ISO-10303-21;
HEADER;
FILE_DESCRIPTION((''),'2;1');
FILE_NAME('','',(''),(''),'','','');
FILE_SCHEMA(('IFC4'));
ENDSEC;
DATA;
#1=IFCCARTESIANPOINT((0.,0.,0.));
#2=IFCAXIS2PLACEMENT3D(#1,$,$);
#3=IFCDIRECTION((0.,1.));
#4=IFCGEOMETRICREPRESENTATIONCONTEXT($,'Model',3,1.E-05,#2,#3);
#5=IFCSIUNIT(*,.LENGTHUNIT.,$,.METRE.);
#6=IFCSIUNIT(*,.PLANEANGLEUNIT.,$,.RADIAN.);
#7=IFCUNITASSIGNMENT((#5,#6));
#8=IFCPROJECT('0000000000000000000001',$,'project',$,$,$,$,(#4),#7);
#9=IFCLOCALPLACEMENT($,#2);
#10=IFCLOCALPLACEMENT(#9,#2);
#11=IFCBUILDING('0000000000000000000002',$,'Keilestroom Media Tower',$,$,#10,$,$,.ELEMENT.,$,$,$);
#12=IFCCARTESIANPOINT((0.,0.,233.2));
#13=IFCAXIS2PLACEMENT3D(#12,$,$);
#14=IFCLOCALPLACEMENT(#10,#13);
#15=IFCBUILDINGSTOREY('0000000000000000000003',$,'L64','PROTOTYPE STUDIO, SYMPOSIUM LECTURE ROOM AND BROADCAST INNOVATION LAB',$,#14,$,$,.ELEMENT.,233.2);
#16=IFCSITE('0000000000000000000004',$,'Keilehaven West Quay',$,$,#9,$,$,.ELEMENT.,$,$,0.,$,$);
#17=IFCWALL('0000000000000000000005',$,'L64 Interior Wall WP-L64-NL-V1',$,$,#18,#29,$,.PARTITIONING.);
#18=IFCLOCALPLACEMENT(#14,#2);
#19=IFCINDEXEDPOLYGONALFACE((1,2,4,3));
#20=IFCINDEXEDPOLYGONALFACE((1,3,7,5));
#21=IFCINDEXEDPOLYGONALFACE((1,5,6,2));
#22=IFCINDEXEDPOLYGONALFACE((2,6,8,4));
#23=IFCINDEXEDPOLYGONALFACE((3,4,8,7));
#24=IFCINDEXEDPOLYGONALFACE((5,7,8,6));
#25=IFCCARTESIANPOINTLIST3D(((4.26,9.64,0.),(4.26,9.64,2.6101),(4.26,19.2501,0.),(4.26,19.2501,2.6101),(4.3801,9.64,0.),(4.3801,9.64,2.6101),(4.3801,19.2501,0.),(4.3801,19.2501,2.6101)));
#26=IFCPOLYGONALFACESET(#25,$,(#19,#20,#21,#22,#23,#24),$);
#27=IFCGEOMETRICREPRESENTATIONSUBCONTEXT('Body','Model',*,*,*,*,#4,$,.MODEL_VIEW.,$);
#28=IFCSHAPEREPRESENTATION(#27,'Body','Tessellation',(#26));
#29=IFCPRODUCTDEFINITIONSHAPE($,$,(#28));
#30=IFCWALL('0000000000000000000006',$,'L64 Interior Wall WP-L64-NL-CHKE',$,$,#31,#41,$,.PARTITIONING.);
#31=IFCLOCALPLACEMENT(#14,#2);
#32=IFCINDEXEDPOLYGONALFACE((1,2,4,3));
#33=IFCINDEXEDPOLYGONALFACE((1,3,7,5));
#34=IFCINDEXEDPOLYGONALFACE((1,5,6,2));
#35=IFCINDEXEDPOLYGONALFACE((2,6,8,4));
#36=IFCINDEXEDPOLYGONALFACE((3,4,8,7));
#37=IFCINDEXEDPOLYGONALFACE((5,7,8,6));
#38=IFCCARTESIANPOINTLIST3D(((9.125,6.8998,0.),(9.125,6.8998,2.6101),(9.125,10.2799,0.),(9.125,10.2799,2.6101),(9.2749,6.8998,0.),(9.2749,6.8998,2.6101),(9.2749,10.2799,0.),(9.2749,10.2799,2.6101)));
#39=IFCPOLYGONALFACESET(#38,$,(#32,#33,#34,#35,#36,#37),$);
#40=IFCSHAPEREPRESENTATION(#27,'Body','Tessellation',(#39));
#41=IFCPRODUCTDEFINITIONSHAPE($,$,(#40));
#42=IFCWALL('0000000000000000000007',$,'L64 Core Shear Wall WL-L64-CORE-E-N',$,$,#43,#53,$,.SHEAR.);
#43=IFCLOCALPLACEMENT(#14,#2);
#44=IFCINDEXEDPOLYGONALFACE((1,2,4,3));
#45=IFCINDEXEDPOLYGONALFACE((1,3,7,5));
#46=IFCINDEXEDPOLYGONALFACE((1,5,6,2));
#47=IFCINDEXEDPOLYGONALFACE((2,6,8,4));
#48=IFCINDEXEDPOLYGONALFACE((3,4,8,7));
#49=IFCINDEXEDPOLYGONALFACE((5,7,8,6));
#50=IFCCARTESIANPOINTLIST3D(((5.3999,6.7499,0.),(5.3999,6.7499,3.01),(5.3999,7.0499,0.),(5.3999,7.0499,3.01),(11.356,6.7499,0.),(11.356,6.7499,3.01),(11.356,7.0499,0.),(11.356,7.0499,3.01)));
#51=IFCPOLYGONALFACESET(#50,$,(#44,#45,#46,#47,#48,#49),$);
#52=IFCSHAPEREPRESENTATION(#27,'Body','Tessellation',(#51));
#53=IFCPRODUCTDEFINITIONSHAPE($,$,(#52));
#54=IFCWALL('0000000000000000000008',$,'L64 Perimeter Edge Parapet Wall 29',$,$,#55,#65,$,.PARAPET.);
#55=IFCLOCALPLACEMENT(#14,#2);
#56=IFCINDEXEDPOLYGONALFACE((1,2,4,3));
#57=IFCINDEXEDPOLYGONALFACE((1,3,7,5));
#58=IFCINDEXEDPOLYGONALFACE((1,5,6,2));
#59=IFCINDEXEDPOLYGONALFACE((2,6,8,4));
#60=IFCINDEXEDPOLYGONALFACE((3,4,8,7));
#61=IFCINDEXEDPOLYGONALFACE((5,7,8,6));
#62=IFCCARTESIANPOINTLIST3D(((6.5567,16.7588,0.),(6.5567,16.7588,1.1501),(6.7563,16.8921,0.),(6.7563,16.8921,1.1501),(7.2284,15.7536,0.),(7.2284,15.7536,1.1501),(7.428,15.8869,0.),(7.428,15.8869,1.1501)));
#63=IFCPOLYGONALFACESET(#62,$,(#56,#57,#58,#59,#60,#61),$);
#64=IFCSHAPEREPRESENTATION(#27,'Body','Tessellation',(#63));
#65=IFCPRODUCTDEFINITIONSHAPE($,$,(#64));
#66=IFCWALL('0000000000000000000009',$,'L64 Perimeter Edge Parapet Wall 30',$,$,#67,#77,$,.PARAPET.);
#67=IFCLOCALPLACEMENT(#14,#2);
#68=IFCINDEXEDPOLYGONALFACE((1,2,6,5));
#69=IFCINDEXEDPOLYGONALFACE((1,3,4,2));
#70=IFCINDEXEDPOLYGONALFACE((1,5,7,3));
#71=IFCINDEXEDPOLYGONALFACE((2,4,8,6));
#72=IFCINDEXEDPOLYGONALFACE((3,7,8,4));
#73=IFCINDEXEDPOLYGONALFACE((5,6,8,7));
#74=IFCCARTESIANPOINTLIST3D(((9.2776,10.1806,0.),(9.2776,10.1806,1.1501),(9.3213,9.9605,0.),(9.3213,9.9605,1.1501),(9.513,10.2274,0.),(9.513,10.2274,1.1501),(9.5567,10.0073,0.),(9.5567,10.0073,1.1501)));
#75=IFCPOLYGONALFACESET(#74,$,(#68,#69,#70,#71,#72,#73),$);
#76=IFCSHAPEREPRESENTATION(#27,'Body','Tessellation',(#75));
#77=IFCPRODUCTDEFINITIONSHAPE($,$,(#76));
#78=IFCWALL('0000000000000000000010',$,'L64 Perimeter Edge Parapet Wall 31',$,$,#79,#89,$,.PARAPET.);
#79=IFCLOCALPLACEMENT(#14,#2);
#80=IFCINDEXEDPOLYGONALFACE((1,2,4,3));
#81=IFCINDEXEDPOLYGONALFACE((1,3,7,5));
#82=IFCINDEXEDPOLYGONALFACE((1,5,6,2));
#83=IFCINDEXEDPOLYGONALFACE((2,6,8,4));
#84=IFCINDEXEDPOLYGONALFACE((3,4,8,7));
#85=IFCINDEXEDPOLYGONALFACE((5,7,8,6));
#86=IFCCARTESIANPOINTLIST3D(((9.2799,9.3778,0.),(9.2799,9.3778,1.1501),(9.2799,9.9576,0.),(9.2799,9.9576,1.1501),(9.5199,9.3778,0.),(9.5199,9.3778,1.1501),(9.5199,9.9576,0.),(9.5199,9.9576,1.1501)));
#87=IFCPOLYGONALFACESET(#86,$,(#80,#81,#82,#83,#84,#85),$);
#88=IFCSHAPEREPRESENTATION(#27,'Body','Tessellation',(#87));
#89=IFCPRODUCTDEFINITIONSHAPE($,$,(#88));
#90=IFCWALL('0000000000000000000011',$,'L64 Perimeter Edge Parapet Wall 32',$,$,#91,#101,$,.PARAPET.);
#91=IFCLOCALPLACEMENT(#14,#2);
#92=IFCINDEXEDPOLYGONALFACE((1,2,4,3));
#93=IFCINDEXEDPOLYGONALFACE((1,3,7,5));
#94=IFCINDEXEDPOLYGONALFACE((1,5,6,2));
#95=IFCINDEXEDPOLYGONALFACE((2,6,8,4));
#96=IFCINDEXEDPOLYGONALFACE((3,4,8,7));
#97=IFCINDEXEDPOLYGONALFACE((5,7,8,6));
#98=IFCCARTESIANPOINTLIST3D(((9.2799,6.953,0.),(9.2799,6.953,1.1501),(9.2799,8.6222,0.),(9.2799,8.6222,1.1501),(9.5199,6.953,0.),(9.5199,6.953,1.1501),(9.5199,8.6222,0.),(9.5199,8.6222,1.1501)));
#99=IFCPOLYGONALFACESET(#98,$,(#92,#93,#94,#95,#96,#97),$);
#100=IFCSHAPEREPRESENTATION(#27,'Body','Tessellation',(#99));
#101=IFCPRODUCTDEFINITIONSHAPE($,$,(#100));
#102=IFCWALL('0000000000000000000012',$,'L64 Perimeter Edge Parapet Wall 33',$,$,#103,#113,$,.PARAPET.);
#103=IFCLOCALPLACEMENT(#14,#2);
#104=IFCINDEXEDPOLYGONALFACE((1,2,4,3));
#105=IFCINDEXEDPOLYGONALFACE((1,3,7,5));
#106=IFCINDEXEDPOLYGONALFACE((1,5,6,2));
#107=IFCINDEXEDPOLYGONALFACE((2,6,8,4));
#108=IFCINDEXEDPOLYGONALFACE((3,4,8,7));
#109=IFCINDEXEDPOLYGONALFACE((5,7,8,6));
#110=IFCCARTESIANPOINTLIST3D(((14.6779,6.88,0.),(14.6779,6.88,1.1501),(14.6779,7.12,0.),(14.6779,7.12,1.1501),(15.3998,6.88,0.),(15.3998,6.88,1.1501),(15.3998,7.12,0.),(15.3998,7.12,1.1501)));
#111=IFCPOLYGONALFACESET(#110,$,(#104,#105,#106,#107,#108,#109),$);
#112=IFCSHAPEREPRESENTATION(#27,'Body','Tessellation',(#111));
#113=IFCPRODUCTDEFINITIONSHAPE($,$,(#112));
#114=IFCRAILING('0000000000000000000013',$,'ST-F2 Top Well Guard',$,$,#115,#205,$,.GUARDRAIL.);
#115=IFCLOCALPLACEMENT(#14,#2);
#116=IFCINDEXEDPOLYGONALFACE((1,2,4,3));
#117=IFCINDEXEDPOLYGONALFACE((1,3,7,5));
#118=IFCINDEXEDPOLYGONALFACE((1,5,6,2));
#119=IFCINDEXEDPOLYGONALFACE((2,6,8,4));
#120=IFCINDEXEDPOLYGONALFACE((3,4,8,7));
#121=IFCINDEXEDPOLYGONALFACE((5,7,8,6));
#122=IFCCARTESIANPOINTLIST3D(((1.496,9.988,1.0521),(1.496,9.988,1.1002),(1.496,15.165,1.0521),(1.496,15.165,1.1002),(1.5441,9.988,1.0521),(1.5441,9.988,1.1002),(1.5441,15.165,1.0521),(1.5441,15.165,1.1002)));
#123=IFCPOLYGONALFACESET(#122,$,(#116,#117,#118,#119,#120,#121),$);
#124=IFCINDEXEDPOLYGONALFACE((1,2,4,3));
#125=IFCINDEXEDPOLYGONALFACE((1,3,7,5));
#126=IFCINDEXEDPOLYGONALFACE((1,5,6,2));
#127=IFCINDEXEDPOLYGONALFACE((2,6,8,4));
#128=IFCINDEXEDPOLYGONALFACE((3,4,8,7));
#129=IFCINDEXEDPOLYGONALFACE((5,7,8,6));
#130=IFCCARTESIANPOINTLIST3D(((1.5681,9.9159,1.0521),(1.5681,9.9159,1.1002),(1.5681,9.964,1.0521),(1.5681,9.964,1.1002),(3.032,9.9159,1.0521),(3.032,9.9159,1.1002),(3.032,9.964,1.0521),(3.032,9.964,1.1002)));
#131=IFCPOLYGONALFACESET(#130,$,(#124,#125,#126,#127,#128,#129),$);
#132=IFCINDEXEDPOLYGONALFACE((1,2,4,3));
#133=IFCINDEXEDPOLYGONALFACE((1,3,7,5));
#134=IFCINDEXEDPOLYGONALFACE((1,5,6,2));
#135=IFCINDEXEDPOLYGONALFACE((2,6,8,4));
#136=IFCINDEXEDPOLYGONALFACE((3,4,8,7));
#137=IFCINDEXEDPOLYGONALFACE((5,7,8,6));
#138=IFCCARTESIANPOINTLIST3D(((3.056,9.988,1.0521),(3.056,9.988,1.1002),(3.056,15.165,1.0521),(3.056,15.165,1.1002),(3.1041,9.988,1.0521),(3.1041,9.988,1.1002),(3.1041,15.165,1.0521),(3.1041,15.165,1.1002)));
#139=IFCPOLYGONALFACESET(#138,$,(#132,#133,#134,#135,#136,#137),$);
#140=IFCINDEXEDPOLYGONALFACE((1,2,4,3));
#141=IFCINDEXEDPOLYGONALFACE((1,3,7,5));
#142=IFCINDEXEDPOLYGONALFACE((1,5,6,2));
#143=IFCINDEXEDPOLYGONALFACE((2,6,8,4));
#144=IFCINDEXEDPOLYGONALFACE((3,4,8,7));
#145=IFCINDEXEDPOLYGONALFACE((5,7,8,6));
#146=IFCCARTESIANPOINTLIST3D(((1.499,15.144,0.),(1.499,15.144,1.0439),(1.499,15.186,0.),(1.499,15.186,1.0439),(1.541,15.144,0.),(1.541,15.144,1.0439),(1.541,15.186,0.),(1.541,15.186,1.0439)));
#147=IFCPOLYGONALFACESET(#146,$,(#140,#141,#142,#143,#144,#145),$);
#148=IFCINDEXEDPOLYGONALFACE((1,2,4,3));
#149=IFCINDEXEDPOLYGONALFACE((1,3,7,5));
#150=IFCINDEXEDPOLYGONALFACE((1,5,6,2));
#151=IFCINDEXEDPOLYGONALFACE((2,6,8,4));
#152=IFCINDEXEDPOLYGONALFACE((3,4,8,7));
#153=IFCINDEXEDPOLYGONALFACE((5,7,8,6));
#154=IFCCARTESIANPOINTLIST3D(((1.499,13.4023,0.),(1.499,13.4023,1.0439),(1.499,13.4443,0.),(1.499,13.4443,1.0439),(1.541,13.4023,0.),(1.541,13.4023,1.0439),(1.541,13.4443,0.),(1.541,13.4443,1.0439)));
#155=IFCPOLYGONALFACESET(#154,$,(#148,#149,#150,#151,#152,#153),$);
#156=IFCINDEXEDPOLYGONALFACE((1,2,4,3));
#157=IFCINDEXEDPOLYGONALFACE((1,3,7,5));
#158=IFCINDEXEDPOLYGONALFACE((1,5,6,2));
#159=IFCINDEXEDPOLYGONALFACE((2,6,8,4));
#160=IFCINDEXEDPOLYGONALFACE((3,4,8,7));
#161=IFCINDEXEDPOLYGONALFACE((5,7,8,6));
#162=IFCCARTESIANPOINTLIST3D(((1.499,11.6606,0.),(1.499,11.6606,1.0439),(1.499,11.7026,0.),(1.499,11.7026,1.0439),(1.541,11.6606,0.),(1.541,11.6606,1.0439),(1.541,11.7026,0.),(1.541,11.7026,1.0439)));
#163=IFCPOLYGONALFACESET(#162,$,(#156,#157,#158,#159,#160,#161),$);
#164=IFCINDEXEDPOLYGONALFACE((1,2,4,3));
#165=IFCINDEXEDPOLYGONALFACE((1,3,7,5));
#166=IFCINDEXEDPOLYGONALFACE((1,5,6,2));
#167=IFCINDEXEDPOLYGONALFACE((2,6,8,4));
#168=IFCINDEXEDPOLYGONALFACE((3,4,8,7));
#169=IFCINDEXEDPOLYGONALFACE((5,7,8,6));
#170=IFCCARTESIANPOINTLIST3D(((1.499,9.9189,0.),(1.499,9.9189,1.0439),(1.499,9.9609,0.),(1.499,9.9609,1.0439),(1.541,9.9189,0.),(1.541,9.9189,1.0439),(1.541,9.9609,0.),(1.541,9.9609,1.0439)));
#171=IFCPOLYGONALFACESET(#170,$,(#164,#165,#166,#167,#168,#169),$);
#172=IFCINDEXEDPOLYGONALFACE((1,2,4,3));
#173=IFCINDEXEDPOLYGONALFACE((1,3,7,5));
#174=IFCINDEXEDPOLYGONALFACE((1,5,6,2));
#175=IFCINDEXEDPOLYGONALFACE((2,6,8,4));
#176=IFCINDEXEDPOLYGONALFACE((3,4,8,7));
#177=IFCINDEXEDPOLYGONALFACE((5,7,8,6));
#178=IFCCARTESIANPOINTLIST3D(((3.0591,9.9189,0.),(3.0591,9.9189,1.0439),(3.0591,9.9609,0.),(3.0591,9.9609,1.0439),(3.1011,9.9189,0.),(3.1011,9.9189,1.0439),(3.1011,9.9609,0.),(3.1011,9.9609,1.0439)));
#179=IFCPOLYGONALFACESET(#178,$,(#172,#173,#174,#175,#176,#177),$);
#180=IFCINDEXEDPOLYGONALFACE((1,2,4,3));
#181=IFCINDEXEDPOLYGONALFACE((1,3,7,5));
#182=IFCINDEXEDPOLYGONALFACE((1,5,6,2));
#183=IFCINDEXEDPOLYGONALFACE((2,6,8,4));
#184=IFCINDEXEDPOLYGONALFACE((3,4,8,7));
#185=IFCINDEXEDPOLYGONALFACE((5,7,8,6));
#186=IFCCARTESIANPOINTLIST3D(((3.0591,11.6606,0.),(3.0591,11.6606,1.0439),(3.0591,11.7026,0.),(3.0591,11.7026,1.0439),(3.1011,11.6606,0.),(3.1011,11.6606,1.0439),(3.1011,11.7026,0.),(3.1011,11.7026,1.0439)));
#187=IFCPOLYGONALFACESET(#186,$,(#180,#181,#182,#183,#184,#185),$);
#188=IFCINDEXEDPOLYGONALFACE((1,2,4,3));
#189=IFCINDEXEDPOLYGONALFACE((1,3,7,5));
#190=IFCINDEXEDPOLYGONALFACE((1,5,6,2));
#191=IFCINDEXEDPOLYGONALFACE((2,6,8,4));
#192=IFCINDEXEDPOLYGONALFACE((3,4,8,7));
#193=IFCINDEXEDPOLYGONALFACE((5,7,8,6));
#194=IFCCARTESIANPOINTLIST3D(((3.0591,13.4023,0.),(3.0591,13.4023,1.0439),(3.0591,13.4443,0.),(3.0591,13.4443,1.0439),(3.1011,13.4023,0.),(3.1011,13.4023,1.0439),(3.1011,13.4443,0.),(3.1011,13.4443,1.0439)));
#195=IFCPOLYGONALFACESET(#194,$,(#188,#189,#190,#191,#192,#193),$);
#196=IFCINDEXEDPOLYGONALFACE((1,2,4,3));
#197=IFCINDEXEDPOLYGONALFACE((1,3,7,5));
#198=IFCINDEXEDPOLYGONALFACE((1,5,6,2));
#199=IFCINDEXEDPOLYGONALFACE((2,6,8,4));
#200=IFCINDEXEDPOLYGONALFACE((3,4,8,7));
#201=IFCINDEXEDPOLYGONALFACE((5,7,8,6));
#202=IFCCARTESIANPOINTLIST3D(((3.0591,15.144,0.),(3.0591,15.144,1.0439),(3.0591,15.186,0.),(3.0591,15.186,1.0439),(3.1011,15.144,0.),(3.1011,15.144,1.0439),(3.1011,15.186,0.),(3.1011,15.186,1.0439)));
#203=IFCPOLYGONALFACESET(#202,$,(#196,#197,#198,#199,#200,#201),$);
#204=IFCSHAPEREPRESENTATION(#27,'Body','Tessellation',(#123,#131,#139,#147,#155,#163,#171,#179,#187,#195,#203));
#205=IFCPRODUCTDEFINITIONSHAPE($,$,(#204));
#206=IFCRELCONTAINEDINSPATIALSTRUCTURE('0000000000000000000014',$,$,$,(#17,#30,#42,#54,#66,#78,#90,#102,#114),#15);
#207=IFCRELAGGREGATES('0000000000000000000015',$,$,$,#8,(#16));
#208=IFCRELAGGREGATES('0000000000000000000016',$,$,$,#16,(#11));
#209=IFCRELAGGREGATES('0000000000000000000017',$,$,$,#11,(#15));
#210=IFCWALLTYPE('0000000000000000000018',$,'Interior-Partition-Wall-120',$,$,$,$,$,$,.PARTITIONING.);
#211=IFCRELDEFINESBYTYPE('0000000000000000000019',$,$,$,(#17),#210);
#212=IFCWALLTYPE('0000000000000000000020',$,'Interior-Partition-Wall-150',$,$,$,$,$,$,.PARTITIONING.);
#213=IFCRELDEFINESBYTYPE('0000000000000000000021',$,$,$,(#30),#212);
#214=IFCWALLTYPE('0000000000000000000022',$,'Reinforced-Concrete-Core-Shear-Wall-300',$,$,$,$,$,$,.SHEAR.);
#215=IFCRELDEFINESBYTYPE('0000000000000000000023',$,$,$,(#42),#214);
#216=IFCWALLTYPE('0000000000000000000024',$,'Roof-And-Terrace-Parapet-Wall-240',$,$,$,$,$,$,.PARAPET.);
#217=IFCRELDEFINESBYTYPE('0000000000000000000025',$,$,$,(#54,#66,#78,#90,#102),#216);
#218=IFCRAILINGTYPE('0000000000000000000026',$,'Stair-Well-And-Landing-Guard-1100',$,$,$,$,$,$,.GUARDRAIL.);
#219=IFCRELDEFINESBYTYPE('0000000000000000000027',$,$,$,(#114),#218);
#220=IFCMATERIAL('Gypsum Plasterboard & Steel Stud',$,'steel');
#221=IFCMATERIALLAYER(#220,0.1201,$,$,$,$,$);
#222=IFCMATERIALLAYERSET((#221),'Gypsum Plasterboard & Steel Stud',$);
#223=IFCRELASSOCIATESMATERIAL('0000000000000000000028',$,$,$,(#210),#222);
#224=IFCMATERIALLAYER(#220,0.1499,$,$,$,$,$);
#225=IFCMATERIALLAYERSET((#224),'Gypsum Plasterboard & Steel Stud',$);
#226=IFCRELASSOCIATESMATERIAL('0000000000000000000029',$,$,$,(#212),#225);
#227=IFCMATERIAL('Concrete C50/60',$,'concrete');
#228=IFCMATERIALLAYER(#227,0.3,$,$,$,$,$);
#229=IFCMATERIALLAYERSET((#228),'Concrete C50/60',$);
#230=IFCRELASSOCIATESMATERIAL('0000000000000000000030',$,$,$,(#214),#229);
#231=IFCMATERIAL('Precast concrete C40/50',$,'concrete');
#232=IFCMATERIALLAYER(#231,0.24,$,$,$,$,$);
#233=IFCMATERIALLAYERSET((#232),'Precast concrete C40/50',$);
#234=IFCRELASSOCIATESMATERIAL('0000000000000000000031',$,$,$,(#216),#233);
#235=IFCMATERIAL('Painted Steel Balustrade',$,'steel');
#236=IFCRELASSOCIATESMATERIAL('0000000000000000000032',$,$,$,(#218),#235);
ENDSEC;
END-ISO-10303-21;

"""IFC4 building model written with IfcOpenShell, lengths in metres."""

from ifc_helpers import new_model, si_unit, direction, frame, frame_2d, origin, origin_2d, place, context, subcontext, project, spatial, rectangle, extrude, material, layer, layer_set, type_object, element, save


model = new_model("IFC4")

# Units and contexts
model_context = context("Model", 3, precision=1e-05, world=origin(), true_north=direction((0.0, 1.0)))
body_context = subcontext(model_context, "Body", "Model", "MODEL_VIEW")
ifc_project = project(units=[si_unit("LENGTHUNIT", "METRE"), si_unit("PLANEANGLEUNIT", "RADIAN")], contexts=[model_context])

# Site, building, storey
site_placement = place(None, origin())
site = spatial("IfcSite", under=ifc_project, at=site_placement, Name="Keilehaven West Quay", CompositionType="ELEMENT", RefElevation=0.0)
building_placement = place(site_placement, origin())
building = spatial("IfcBuilding", under=site, at=building_placement, Name="Keilestroom Media Tower", CompositionType="ELEMENT")
storey_placement = place(building_placement, frame((0.0, 0.0, 233.2)))
storey = spatial("IfcBuildingStorey", under=building, at=storey_placement, Name="L64", Description="PROTOTYPE STUDIO, SYMPOSIUM LECTURE ROOM AND BROADCAST INNOVATION LAB", CompositionType="ELEMENT", Elevation=233.2)

# Shared definitions
ifc_material_1 = material(Name="Precast concrete C40/50", Category="concrete")
ifc_material_2 = material(Name="Concrete C50/60", Category="concrete")

# Walls
ifc_material_3 = material(Name="Gypsum Plasterboard & Steel Stud", Category="steel")
ifc_layer_1 = layer(ifc_material_3, 0.1201)
ifc_layer_set_1 = layer_set([ifc_layer_1], Name="Gypsum Plasterboard & Steel Stud")
wall_type_1 = type_object("IfcWallType", Name="Interior-Partition-Wall-120", PredefinedType="PARTITIONING", material=ifc_layer_set_1)
wall_1_placement = place(storey_placement, frame((4.3201, 9.6399, 0.0), z_axis=(0.0, 0.0, 1.0), x_axis=(0.0, 1.0, 0.0)))
element("IfcWall", 1, at=wall_1_placement, inside=storey, type_object=wall_type_1, Name="L64 Interior Wall WP-L64-NL-V1", PredefinedType="PARTITIONING", context=body_context, shape_type="SweptSolid", body=[
    extrude(rectangle(XDim=9.6101, YDim=0.1201, at=frame_2d((4.8052, 0.0))), origin(), (0.0, 0.0, 1.0), 2.6101),
])
ifc_layer_2 = layer(ifc_material_3, 0.1499)
ifc_layer_set_2 = layer_set([ifc_layer_2], Name="Gypsum Plasterboard & Steel Stud")
wall_type_2 = type_object("IfcWallType", Name="Interior-Partition-Wall-150", PredefinedType="PARTITIONING", material=ifc_layer_set_2)
wall_2_placement = place(storey_placement, frame((9.2, 6.8999, 0.0), z_axis=(0.0, 0.0, 1.0), x_axis=(0.0, 1.0, 0.0)))
element("IfcWall", 2, at=wall_2_placement, inside=storey, type_object=wall_type_2, Name="L64 Interior Wall WP-L64-NL-CHKE", PredefinedType="PARTITIONING", context=body_context, shape_type="SweptSolid", body=[
    extrude(rectangle(XDim=3.3801, YDim=0.1499, at=frame_2d((1.6899, 0.0))), origin(), (0.0, 0.0, 1.0), 2.6101),
])
ifc_layer_3 = layer(ifc_material_2, 0.3)
ifc_layer_set_3 = layer_set([ifc_layer_3], Name="Concrete C50/60")
wall_type_3 = type_object("IfcWallType", Name="Reinforced-Concrete-Core-Shear-Wall-300", PredefinedType="SHEAR", material=ifc_layer_set_3)
wall_3_placement = place(storey_placement, frame((5.3999, 6.8999, 0.0), z_axis=(0.0, 0.0, 1.0), x_axis=(1.0, 0.0, 0.0)))
element("IfcWall", 3, at=wall_3_placement, inside=storey, type_object=wall_type_3, Name="L64 Core Shear Wall WL-L64-CORE-E-N", PredefinedType="SHEAR", context=body_context, shape_type="SweptSolid", body=[
    extrude(rectangle(XDim=5.9561, YDim=0.3, at=frame_2d((2.978, 0.0))), origin(), (0.0, 0.0, 1.0), 3.01),
])
ifc_layer_4 = layer(ifc_material_1, 0.24)
ifc_layer_set_4 = layer_set([ifc_layer_4], Name="Precast concrete C40/50")
wall_type_4 = type_object("IfcWallType", Name="Roof-And-Terrace-Parapet-Wall-240", PredefinedType="PARAPET", material=ifc_layer_set_4)
wall_4_placement = place(storey_placement, frame((6.6565, 16.8254, 0.0), z_axis=(0.0, 0.0, 1.0), x_axis=(0.555585, -0.831459, 0.0)))
element("IfcWall", 4, at=wall_4_placement, inside=storey, type_object=wall_type_4, Name="L64 Perimeter Edge Parapet Wall 29", PredefinedType="PARAPET", context=body_context, shape_type="SweptSolid", body=[
    extrude(rectangle(XDim=1.209, YDim=0.24, at=frame_2d((0.6045, 0.0))), origin(), (0.0, 0.0, 1.0), 1.1501),
])
wall_5_placement = place(storey_placement, frame((9.3953, 10.2041, 0.0), z_axis=(0.0, 0.0, 1.0), x_axis=(0.19486, -0.980831, 0.0)))
element("IfcWall", 5, at=wall_5_placement, inside=storey, type_object=wall_type_4, Name="L64 Perimeter Edge Parapet Wall 30", PredefinedType="PARAPET", context=body_context, shape_type="SweptSolid", body=[
    extrude(rectangle(XDim=0.2244, YDim=0.24, at=frame_2d((0.1123, 0.0))), origin(), (0.0, 0.0, 1.0), 1.1501),
])
wall_6_placement = place(storey_placement, frame((9.3999, 9.9578, 0.0), z_axis=(0.0, 0.0, 1.0), x_axis=(0.0, -1.0, 0.0)))
element("IfcWall", 6, at=wall_6_placement, inside=storey, type_object=wall_type_4, Name="L64 Perimeter Edge Parapet Wall 31", PredefinedType="PARAPET", context=body_context, shape_type="SweptSolid", body=[
    extrude(rectangle(XDim=0.5798, YDim=0.24, at=frame_2d((0.29, 0.0))), origin(), (0.0, 0.0, 1.0), 1.1501),
])
wall_7_placement = place(storey_placement, frame((9.3999, 8.6221, 0.0), z_axis=(0.0, 0.0, 1.0), x_axis=(0.0, -1.0, 0.0)))
element("IfcWall", 7, at=wall_7_placement, inside=storey, type_object=wall_type_4, Name="L64 Perimeter Edge Parapet Wall 32", PredefinedType="PARAPET", context=body_context, shape_type="SweptSolid", body=[
    extrude(rectangle(XDim=1.6692, YDim=0.24, at=frame_2d((0.8345, 0.0))), origin(), (0.0, 0.0, 1.0), 1.1501),
])
wall_8_placement = place(storey_placement, frame((14.678, 7.0, 0.0), z_axis=(0.0, 0.0, 1.0), x_axis=(1.0, 0.0, 0.0)))
element("IfcWall", 8, at=wall_8_placement, inside=storey, type_object=wall_type_4, Name="L64 Perimeter Edge Parapet Wall 33", PredefinedType="PARAPET", context=body_context, shape_type="SweptSolid", body=[
    extrude(rectangle(XDim=0.7219, YDim=0.24, at=frame_2d((0.3608, 0.0))), origin(), (0.0, 0.0, 1.0), 1.1501),
])

# Railing
ifc_material_4 = material(Name="Painted Steel Balustrade", Category="steel")
railing_type = type_object("IfcRailingType", Name="Stair-Well-And-Landing-Guard-1100", PredefinedType="GUARDRAIL", material=ifc_material_4)
railing_placement = place(storey_placement, frame((1.52, 15.165, 0.0)))
element("IfcRailing", 9, at=railing_placement, inside=storey, type_object=railing_type, Name="ST-F2 Top Well Guard", PredefinedType="GUARDRAIL", context=body_context, shape_type="SweptSolid", body=[
    extrude(rectangle(XDim=0.0481, YDim=0.0481, at=origin_2d()), frame((0.0, 0.0, 1.0762), z_axis=(0.0, -1.0, 0.0), x_axis=(1.0, 0.0, 0.0)), (0.0, 0.0, 1.0), 5.177),
    extrude(rectangle(XDim=0.0481, YDim=0.0481, at=origin_2d()), frame((0.0481, -5.2251, 1.0762), z_axis=(1.0, 0.0, 0.0), x_axis=(0.0, 1.0, 0.0)), (0.0, 0.0, 1.0), 1.4639),
    extrude(rectangle(XDim=0.0481, YDim=0.0481, at=origin_2d()), frame((1.5601, -5.177, 1.0762), z_axis=(0.0, 1.0, 0.0), x_axis=(-1.0, 0.0, 0.0)), (0.0, 0.0, 1.0), 5.177),
    extrude(rectangle(XDim=0.042, YDim=0.042, at=origin_2d()), origin(), (0.0, 0.0, 1.0), 1.0439),
    extrude(rectangle(XDim=0.042, YDim=0.042, at=origin_2d()), frame((0.0, -1.7417, 0.0)), (0.0, 0.0, 1.0), 1.0439),
    extrude(rectangle(XDim=0.042, YDim=0.042, at=origin_2d()), frame((0.0, -3.4834, 0.0)), (0.0, 0.0, 1.0), 1.0439),
    extrude(rectangle(XDim=0.042, YDim=0.042, at=origin_2d()), frame((0.0, -5.2251, 0.0)), (0.0, 0.0, 1.0), 1.0439),
    extrude(rectangle(XDim=0.042, YDim=0.042, at=origin_2d()), frame((1.5601, -5.2251, 0.0)), (0.0, 0.0, 1.0), 1.0439),
    extrude(rectangle(XDim=0.042, YDim=0.042, at=origin_2d()), frame((1.5601, -3.4834, 0.0)), (0.0, 0.0, 1.0), 1.0439),
    extrude(rectangle(XDim=0.042, YDim=0.042, at=origin_2d()), frame((1.5601, -1.7417, 0.0)), (0.0, 0.0, 1.0), 1.0439),
    extrude(rectangle(XDim=0.042, YDim=0.042, at=origin_2d()), frame((1.5601, 0.0, 0.0)), (0.0, 0.0, 1.0), 1.0439),
])

save(model, "model.ifc")
